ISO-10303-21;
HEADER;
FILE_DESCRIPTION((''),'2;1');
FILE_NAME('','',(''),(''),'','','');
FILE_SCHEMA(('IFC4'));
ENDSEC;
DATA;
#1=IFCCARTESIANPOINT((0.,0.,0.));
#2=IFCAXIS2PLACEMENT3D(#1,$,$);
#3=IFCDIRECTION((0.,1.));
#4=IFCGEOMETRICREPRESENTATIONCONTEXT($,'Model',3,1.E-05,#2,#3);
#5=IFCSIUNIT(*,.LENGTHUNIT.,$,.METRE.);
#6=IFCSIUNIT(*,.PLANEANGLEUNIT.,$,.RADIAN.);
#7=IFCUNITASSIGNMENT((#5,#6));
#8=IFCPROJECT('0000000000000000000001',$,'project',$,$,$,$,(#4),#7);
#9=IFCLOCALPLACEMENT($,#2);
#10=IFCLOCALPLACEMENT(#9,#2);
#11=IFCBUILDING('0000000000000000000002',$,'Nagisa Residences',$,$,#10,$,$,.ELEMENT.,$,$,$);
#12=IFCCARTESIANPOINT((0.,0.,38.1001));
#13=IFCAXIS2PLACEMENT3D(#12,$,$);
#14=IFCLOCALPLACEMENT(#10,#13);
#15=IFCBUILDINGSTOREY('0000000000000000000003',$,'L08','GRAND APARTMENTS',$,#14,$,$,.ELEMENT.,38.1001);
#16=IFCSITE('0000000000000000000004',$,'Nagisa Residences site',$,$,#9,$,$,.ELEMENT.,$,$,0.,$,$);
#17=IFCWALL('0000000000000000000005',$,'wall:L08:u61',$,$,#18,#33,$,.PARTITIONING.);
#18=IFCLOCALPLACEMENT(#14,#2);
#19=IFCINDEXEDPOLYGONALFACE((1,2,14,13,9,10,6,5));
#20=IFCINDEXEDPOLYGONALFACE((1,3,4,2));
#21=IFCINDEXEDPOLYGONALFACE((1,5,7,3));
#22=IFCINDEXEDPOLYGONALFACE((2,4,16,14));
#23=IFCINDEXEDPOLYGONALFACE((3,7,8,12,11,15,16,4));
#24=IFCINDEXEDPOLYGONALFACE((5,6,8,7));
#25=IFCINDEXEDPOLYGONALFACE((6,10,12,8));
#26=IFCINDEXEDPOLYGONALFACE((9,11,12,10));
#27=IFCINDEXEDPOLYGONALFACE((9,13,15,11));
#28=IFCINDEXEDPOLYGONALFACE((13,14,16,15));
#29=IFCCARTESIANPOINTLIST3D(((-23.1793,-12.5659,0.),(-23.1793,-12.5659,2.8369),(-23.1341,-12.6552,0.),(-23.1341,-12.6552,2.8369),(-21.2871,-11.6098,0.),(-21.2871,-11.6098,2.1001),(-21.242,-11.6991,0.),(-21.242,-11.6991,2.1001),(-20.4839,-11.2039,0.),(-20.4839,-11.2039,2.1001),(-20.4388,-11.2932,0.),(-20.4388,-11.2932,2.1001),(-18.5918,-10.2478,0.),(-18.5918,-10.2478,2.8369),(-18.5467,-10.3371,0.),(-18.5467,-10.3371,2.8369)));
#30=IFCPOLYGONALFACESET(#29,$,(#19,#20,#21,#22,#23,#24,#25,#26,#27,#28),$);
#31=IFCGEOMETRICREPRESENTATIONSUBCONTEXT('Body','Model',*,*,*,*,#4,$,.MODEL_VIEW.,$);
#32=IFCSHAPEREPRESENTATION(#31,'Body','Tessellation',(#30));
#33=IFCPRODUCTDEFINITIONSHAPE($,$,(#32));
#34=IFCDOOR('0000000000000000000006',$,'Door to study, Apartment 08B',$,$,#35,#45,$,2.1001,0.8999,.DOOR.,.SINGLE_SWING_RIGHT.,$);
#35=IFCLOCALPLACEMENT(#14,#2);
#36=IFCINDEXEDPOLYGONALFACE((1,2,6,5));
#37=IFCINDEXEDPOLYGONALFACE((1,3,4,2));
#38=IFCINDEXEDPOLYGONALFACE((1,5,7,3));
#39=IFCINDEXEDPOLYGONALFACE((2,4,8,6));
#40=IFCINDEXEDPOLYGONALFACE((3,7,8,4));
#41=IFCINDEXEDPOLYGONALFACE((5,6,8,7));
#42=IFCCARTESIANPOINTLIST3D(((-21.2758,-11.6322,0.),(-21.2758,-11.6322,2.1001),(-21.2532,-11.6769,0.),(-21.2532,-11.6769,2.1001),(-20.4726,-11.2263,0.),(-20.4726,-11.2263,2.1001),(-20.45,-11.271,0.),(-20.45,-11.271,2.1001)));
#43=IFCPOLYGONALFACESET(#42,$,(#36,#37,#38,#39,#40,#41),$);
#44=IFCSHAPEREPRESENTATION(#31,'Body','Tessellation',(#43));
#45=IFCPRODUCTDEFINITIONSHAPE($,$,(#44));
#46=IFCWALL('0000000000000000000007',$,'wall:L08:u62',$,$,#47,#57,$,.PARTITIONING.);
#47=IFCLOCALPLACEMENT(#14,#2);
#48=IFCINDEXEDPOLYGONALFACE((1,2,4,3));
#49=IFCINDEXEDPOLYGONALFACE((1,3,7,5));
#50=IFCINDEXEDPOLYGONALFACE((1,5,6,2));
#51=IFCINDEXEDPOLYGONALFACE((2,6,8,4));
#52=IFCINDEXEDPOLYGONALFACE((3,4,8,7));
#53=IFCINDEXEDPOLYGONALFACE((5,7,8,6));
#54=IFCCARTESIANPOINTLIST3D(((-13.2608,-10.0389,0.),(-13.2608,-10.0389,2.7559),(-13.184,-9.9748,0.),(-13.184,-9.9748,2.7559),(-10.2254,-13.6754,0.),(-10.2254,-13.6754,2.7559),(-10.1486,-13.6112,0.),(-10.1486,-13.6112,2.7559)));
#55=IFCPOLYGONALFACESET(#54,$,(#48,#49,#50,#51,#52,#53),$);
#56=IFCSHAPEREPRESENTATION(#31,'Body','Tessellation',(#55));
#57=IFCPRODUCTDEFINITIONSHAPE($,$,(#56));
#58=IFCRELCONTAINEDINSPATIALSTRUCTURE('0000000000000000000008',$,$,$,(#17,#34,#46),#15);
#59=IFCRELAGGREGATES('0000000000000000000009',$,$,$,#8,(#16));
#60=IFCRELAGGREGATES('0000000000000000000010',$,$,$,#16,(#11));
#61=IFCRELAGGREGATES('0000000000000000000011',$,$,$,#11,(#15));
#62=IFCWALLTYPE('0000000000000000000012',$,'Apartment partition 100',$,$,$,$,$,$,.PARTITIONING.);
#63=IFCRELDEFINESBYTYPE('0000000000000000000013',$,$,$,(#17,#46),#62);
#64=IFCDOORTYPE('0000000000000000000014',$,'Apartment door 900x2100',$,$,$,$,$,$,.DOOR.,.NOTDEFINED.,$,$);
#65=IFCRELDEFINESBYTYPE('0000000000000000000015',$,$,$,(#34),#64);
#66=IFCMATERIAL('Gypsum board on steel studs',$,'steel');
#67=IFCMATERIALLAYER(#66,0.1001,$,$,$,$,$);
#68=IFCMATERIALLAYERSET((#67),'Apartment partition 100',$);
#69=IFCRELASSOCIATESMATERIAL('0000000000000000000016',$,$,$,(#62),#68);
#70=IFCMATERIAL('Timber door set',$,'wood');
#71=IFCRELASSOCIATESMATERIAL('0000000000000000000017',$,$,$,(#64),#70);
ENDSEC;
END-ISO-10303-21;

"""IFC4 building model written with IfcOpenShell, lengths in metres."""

from ifc_helpers import new_model, si_unit, direction, frame, frame_2d, origin, place, context, subcontext, project, spatial, rectangle, extrude, material, layer, layer_set, type_object, element, fill, save


model = new_model("IFC4")

# Units and contexts
model_context = context("Model", 3, precision=1e-05, world=origin(), true_north=direction((0.0, 1.0)))
body_context = subcontext(model_context, "Body", "Model", "MODEL_VIEW")
ifc_project = project(units=[si_unit("LENGTHUNIT", "METRE"), si_unit("PLANEANGLEUNIT", "RADIAN")], contexts=[model_context])

# Site, building, storey
site_placement = place(None, origin())
site = spatial("IfcSite", under=ifc_project, at=site_placement, Name="Nagisa Residences site", CompositionType="ELEMENT", RefElevation=0.0)
building_placement = place(site_placement, origin())
building = spatial("IfcBuilding", under=site, at=building_placement, Name="Nagisa Residences", CompositionType="ELEMENT")
storey_placement = place(building_placement, frame((0.0, 0.0, 38.1001)))
storey = spatial("IfcBuildingStorey", under=building, at=storey_placement, Name="L08", Description="GRAND APARTMENTS", CompositionType="ELEMENT", Elevation=38.1001)

# Shared definitions
ifc_material_1 = material(Name="Gypsum board on steel studs", Category="steel")
ifc_layer_1 = layer(ifc_material_1, 0.1001)
ifc_layer_set_1 = layer_set([ifc_layer_1], Name="Apartment partition 100")
wall_type_1 = type_object("IfcWallType", Name="Apartment partition 100", PredefinedType="PARTITIONING", material=ifc_layer_set_1)
ifc_material_2 = material(Name="Timber door set", Category="wood")
door_type_1 = type_object("IfcDoorType", Name="Apartment door 900x2100", OperationType="NOTDEFINED", PredefinedType="DOOR", material=ifc_material_2)

# Wall, opening, door
wall_1_placement = place(storey_placement, frame((-18.5693, -10.2925, 0.0), z_axis=(0.0, 0.0, 1.0), x_axis=(-0.892519, -0.45101, 0.0)))
wall_1 = element("IfcWall", 1, at=wall_1_placement, inside=storey, type_object=wall_type_1, Name="wall:L08:u61", PredefinedType="PARTITIONING", context=body_context, shape_type="SweptSolid", body=[
    extrude(rectangle(XDim=5.1399, YDim=0.1001, at=frame_2d((2.5698, 0.0))), origin(), (0.0, 0.0, 1.0), 2.8369),
])
opening_1_placement = place(wall_1_placement, frame((2.1199, 0.0, 0.0)))
opening_1 = element("IfcOpeningElement", 2, at=opening_1_placement, cuts=wall_1, PredefinedType="OPENING", context=body_context, shape_type="SweptSolid", body=[
    extrude(rectangle(XDim=0.8999, YDim=2.1001, at=frame_2d((0.45, 1.05))), frame((0.0, 0.0601, 0.0), z_axis=(0.0, -1.0, 0.0), x_axis=(1.0, 0.0, 0.0)), (0.0, 0.0, 1.0), 0.1201),
])
door_1_placement = place(opening_1_placement, frame((0.8999, 0.0, 0.0), x_axis=(-1.0, 0.0, 0.0)))
door_1 = element("IfcDoor", 3, at=door_1_placement, inside=storey, type_object=door_type_1, Name="Door to study, Apartment 08B", OperationType="SINGLE_SWING_RIGHT", OverallHeight=2.1001, OverallWidth=0.8999, PredefinedType="DOOR", context=body_context, shape_type="SweptSolid", body=[
    extrude(rectangle(XDim=0.8999, YDim=2.1001, at=frame_2d((0.45, 1.05))), frame((0.0, 0.0249, 0.0), z_axis=(0.0, -1.0, 0.0), x_axis=(1.0, 0.0, 0.0)), (0.0, 0.0, 1.0), 0.05),
])
fill(opening_1, door_1)

# Wall
wall_2_placement = place(storey_placement, frame((-13.2224, -10.0068, 0.0), z_axis=(0.0, 0.0, 1.0), x_axis=(0.640808, -0.767701, 0.0)))
element("IfcWall", 4, at=wall_2_placement, inside=storey, type_object=wall_type_1, Name="wall:L08:u62", PredefinedType="PARTITIONING", context=body_context, shape_type="SweptSolid", body=[
    extrude(rectangle(XDim=4.7368, YDim=0.1001, at=frame_2d((2.3684, 0.0))), origin(), (0.0, 0.0, 1.0), 2.7559),
])

save(model, "model.ifc")
